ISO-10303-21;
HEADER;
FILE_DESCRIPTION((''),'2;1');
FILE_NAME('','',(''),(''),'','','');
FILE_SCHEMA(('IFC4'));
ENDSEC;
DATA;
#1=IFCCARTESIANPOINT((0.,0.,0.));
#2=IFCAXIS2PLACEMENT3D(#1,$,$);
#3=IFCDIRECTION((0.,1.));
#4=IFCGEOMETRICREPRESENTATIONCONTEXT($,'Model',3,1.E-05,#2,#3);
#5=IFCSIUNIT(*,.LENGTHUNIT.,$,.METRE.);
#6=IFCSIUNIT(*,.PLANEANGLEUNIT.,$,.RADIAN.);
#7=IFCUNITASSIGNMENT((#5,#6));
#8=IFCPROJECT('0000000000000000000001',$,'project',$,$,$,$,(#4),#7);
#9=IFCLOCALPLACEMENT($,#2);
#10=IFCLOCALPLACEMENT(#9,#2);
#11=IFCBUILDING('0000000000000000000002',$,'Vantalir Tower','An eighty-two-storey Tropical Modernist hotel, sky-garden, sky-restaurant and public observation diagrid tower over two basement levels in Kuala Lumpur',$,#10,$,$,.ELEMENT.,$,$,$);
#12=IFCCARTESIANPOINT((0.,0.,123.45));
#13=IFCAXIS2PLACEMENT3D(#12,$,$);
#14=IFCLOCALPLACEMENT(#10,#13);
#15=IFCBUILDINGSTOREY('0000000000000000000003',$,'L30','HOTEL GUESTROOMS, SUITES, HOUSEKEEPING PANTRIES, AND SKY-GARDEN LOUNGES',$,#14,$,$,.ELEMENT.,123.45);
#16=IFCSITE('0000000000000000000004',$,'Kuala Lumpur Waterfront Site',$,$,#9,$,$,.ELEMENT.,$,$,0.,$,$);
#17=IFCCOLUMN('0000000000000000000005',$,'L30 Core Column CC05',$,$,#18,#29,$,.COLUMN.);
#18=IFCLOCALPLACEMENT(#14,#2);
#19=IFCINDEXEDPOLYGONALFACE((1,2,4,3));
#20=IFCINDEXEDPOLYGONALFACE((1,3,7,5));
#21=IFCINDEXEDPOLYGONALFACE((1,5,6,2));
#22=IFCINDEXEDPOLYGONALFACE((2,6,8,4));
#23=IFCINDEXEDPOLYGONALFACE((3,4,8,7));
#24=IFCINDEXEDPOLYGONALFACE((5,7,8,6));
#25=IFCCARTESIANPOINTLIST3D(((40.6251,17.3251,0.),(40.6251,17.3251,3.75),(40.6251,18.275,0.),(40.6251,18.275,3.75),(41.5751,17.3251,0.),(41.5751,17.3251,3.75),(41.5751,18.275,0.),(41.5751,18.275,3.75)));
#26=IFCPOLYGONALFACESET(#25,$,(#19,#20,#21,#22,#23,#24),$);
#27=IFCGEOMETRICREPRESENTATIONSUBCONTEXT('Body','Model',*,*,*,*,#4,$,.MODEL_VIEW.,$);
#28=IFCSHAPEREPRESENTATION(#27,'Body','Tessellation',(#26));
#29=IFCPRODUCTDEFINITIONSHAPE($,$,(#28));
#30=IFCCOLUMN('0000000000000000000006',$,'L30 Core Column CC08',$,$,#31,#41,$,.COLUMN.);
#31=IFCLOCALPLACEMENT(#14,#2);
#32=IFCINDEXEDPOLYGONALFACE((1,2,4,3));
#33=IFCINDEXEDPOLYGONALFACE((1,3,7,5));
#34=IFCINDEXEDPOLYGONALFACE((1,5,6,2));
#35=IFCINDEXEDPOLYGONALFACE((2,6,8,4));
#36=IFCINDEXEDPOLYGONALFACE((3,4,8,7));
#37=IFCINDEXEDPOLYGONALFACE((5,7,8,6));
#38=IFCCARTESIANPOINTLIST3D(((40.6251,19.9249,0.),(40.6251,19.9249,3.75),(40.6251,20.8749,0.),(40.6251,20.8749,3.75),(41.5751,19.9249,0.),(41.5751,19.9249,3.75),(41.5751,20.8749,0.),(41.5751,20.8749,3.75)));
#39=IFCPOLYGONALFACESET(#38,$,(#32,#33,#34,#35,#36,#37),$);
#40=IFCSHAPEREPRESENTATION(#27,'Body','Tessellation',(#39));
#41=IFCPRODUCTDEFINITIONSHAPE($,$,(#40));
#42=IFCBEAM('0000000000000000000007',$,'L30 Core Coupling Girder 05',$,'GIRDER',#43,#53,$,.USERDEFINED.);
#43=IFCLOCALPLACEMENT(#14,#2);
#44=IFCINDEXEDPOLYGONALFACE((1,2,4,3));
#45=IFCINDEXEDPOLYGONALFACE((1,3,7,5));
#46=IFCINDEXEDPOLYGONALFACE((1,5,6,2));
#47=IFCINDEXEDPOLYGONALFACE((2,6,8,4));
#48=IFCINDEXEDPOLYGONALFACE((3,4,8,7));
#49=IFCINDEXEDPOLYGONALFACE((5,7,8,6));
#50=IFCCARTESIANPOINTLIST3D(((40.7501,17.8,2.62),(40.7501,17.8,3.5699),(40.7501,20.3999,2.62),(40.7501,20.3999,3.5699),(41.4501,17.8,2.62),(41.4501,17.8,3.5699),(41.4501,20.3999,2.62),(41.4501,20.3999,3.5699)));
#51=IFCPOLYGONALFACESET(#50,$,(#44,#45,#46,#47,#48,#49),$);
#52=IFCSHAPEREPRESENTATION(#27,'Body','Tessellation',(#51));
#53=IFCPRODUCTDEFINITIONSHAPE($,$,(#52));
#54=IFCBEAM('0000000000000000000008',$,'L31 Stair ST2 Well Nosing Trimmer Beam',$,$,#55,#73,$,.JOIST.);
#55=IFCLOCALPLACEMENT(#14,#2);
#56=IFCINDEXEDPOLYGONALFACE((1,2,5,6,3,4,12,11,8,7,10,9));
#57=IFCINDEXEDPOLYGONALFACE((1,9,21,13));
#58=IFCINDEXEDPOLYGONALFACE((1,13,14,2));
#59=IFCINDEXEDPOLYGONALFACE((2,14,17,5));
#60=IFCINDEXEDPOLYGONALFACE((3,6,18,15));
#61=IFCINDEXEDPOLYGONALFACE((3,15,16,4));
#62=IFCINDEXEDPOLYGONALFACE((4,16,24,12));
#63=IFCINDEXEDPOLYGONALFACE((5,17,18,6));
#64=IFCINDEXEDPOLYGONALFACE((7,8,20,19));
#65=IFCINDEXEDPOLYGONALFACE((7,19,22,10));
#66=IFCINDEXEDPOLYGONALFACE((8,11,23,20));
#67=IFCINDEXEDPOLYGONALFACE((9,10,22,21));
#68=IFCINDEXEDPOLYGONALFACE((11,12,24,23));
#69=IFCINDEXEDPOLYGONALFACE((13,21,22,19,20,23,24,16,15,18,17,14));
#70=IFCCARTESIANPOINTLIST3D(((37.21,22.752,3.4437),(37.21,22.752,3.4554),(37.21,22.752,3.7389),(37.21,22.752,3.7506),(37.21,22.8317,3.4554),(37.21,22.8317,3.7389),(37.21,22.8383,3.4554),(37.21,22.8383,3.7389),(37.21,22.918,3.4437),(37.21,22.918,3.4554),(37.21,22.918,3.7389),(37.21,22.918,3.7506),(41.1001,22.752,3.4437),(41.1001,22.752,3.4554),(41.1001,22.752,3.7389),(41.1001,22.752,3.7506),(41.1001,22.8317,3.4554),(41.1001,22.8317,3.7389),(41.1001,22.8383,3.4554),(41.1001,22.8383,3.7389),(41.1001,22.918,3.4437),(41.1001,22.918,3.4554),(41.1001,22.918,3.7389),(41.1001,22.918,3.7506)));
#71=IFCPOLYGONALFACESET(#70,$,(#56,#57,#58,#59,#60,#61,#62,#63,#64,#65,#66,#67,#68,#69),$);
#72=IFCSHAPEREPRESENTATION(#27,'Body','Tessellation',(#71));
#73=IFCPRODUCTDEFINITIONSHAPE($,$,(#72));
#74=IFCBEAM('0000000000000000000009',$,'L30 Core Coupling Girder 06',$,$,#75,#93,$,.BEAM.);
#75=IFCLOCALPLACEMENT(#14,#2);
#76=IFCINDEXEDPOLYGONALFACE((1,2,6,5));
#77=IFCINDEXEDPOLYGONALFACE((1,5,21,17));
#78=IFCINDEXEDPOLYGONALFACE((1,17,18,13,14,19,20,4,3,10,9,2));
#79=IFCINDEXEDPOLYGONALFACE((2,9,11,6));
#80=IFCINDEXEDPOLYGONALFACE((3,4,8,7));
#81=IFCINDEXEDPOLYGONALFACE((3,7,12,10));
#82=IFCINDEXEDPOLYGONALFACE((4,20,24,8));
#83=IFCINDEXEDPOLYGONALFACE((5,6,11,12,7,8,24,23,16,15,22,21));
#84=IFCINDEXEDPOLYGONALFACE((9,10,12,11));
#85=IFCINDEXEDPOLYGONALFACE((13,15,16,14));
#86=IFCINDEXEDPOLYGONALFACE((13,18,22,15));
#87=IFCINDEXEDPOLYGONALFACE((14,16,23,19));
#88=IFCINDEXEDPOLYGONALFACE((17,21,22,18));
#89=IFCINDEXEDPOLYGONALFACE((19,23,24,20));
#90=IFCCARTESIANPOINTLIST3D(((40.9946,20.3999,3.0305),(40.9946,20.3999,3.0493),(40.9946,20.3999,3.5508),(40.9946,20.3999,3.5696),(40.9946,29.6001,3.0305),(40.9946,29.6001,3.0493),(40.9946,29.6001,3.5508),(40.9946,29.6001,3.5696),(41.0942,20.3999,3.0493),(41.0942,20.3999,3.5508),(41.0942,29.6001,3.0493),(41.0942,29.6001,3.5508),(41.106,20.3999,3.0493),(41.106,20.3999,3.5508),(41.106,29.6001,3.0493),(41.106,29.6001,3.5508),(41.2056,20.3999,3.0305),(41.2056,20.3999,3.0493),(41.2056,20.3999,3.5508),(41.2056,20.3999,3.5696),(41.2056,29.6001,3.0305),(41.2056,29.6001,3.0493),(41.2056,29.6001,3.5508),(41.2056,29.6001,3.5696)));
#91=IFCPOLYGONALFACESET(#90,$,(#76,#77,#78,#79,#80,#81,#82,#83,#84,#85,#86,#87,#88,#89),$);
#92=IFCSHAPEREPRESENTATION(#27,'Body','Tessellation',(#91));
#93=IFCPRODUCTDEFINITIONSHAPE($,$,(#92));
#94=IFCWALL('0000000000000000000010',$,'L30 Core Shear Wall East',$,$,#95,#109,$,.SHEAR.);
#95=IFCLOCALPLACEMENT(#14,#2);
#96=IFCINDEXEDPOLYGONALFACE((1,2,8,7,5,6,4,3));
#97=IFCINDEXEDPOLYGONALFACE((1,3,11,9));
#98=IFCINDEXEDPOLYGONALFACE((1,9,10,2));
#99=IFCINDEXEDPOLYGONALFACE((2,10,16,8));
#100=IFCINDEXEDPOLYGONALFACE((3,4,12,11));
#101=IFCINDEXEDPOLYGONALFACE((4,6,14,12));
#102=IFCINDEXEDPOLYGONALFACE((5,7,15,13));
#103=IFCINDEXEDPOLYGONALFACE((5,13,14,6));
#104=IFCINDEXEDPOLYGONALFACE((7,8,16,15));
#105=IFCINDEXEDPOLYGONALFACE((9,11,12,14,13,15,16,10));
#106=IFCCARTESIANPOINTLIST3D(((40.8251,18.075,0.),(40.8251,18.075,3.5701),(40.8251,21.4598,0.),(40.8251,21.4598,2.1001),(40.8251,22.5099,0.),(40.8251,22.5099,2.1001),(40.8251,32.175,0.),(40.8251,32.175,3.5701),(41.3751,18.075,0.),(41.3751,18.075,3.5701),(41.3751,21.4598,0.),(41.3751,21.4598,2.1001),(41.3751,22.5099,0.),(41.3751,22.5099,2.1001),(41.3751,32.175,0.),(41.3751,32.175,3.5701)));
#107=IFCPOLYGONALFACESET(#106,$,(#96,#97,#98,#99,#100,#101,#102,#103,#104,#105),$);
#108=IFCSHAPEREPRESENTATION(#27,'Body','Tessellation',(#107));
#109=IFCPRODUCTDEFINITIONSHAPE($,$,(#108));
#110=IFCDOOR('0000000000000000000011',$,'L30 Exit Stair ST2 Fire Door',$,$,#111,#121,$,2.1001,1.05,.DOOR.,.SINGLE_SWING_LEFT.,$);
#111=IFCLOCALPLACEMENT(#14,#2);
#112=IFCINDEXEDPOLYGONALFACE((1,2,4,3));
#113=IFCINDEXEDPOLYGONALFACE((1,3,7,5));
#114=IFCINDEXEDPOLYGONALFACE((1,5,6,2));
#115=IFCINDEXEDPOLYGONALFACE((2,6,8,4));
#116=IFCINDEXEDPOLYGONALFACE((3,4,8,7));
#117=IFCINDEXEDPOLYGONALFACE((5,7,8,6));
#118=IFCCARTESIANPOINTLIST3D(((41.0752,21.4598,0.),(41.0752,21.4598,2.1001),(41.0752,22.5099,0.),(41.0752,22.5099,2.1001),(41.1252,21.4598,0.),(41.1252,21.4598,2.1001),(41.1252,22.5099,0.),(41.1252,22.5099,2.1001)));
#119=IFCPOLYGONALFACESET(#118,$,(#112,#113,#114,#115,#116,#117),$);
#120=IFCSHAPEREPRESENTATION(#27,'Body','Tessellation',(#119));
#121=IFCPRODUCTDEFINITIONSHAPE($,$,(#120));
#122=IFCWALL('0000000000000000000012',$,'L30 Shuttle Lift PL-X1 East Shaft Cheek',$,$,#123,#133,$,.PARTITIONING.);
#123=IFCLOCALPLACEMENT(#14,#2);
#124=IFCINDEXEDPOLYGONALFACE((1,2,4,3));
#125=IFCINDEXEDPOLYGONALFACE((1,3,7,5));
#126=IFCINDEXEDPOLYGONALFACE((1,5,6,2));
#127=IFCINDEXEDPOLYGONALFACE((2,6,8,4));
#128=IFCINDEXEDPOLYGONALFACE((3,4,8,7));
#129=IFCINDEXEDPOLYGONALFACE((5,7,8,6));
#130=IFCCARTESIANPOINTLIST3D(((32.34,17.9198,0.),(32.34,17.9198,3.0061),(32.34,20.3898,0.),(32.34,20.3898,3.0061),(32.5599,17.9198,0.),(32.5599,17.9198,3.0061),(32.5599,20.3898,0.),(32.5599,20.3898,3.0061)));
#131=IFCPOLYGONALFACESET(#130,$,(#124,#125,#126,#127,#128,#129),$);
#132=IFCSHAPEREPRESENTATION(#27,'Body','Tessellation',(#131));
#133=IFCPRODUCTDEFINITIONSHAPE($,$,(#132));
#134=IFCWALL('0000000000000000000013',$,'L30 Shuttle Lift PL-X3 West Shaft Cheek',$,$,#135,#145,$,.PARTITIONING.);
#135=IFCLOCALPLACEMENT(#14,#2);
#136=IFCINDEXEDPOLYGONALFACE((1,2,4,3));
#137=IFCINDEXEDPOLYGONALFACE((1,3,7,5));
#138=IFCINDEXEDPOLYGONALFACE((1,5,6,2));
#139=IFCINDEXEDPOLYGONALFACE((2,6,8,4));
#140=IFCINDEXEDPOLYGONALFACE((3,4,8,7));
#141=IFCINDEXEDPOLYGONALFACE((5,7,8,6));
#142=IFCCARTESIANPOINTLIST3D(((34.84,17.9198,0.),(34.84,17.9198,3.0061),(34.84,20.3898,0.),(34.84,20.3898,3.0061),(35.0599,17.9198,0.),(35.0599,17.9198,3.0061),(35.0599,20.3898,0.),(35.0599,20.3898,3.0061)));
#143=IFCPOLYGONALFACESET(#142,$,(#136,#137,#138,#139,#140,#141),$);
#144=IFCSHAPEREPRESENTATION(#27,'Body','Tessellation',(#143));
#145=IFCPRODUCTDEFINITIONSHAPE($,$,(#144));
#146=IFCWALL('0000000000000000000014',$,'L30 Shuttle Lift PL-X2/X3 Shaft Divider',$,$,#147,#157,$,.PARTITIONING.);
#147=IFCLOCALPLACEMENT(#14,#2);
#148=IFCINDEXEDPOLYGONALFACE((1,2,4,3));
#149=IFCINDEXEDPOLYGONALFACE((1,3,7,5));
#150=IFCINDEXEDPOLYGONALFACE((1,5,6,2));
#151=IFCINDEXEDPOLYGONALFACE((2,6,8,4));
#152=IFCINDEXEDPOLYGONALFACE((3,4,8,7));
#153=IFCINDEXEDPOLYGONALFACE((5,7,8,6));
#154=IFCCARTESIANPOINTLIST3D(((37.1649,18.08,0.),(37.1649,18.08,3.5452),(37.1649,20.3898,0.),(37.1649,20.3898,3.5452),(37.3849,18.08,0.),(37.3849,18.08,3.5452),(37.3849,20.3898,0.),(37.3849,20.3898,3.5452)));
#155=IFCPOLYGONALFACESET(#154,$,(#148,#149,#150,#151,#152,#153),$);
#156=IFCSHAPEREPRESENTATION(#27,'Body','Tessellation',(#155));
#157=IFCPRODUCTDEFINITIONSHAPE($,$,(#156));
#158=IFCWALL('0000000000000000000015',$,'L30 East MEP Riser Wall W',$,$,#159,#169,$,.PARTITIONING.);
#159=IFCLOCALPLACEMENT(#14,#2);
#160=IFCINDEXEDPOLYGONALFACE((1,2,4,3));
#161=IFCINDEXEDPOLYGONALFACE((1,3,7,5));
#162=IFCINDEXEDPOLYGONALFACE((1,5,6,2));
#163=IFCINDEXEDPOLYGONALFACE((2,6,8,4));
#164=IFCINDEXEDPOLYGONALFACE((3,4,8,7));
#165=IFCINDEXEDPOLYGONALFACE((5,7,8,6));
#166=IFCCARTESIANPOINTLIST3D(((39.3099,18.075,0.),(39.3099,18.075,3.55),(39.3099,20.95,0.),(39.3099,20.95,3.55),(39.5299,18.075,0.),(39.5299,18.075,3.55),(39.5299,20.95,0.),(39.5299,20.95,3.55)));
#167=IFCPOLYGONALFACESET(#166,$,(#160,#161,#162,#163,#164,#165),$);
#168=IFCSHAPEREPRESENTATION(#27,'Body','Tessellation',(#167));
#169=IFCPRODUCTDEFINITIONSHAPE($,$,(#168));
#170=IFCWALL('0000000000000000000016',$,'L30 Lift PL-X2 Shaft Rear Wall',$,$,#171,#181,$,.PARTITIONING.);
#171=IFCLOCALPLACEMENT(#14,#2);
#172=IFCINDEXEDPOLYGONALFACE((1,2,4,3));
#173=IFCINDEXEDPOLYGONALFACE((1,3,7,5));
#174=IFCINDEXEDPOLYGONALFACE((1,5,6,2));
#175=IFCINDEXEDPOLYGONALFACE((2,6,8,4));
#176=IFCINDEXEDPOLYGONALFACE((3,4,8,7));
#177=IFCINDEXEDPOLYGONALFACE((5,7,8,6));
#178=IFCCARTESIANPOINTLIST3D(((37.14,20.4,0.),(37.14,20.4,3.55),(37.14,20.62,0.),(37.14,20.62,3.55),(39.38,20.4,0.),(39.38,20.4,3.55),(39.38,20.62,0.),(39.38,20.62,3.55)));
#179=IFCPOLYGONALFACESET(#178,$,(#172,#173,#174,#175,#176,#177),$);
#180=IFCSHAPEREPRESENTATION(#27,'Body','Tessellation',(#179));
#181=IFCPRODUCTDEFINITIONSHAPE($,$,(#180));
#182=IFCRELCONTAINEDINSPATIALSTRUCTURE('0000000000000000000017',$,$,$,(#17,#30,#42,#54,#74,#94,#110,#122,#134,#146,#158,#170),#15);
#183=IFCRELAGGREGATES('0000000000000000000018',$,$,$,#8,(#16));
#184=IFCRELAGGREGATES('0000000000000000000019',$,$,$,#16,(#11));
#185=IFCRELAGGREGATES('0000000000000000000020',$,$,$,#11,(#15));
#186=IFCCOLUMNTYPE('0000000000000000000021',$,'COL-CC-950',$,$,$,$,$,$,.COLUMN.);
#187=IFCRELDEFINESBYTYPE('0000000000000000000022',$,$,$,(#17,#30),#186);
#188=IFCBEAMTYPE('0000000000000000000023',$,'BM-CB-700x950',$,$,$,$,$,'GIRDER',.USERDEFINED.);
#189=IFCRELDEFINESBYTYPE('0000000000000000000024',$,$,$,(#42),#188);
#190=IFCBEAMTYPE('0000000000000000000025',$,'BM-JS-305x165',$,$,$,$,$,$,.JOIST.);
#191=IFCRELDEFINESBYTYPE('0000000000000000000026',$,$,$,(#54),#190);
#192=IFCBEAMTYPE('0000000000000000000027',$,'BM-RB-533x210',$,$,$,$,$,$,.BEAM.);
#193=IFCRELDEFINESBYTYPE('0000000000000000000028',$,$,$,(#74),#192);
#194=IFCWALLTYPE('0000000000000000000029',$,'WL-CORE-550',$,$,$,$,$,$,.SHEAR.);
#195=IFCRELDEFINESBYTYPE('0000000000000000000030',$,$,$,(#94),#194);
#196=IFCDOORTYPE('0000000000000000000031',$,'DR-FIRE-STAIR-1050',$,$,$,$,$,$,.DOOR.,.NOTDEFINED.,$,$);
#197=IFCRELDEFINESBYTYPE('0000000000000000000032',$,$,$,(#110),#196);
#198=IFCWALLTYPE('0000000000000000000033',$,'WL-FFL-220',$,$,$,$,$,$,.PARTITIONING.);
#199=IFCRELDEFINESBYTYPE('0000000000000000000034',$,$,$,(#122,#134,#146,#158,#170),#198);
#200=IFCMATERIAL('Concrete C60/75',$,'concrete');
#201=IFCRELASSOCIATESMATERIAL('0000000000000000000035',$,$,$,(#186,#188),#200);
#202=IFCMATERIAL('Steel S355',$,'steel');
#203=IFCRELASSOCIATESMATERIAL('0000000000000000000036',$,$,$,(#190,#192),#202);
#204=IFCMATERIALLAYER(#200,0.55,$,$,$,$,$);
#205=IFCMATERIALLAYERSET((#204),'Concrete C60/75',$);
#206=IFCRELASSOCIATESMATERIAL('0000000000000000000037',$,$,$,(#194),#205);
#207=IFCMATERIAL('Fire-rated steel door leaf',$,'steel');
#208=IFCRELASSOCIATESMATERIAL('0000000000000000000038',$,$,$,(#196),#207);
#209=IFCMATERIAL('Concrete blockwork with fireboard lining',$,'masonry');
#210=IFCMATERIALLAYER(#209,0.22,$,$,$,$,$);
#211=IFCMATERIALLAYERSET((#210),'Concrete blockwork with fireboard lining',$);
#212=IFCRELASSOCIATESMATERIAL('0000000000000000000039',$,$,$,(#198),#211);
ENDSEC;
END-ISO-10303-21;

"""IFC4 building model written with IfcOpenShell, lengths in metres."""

from ifc_helpers import new_model, si_unit, direction, frame, frame_2d, origin, origin_2d, place, context, subcontext, project, spatial, rectangle, i_section, extrude, material, layer, layer_set, material_profile, profile_set, type_object, element, fill, save


model = new_model("IFC4")

# Units and contexts
model_context = context("Model", 3, precision=1e-05, world=origin(), true_north=direction((0.0, 1.0)))
body_context = subcontext(model_context, "Body", "Model", "MODEL_VIEW")
ifc_project = project(units=[si_unit("LENGTHUNIT", "METRE"), si_unit("PLANEANGLEUNIT", "RADIAN")], contexts=[model_context])

# Site, building, storey
site_placement = place(None, origin())
site = spatial("IfcSite", under=ifc_project, at=site_placement, Name="Kuala Lumpur Waterfront Site", CompositionType="ELEMENT", RefElevation=0.0)
building_placement = place(site_placement, origin())
building = spatial("IfcBuilding", under=site, at=building_placement, Name="Vantalir Tower", Description="An eighty-two-storey Tropical Modernist hotel, sky-garden, sky-restaurant and public observation diagrid tower over two basement levels in Kuala Lumpur", CompositionType="ELEMENT")
storey_placement = place(building_placement, frame((0.0, 0.0, 123.45)))
storey = spatial("IfcBuildingStorey", under=building, at=storey_placement, Name="L30", Description="HOTEL GUESTROOMS, SUITES, HOUSEKEEPING PANTRIES, AND SKY-GARDEN LOUNGES", CompositionType="ELEMENT", Elevation=123.45)

# Columns
ifc_material_1 = material(Name="Concrete C60/75", Category="concrete")
ifc_material_profile_1 = material_profile(ifc_material_1, rectangle(XDim=0.95, YDim=0.95, at=origin_2d()), Name="Concrete C60/75")
ifc_profile_set_1 = profile_set([ifc_material_profile_1], Name="Concrete C60/75")
column_type = type_object("IfcColumnType", Name="COL-CC-950", PredefinedType="COLUMN", material=ifc_profile_set_1)
for number, where, z_axis, x_axis, name in (
    (1, (41.1001, 17.8, 0.0), (0.0, 0.0, 1.0), (1.0, 0.0, 0.0), "L30 Core Column CC05"),
    (2, (41.1001, 20.3999, 0.0), (0.0, 0.0, 1.0), (1.0, 0.0, 0.0), "L30 Core Column CC08"),
):
    element("IfcColumn", number, at=place(storey_placement, frame(where, z_axis=z_axis, x_axis=x_axis)), inside=storey, type_object=column_type, Name=name, PredefinedType="COLUMN", context=body_context, shape_type="SweptSolid", body=[
        extrude(rectangle(XDim=0.95, YDim=0.95, at=origin_2d()), origin(), (0.0, 0.0, 1.0), 3.75),
    ])

# Beams
ifc_material_profile_2 = material_profile(ifc_material_1, rectangle(XDim=0.7, YDim=0.95, at=origin_2d()), Name="Concrete C60/75")
ifc_profile_set_2 = profile_set([ifc_material_profile_2], Name="Concrete C60/75")
beam_type_1 = type_object("IfcBeamType", Name="BM-CB-700x950", ElementType="GIRDER", PredefinedType="USERDEFINED", material=ifc_profile_set_2)
beam_1_placement = place(storey_placement, frame((41.1001, 17.8, 3.095), z_axis=(0.0, 1.0, 0.0), x_axis=(-1.0, 0.0, 0.0)))
element("IfcBeam", 3, at=beam_1_placement, inside=storey, type_object=beam_type_1, Name="L30 Core Coupling Girder 05", ObjectType="GIRDER", PredefinedType="USERDEFINED", context=body_context, shape_type="SweptSolid", body=[
    extrude(rectangle(XDim=0.7, YDim=0.95, at=origin_2d()), origin(), (0.0, 0.0, 1.0), 2.5999),
])
ifc_material_2 = material(Name="Steel S355", Category="steel")
ifc_material_profile_3 = material_profile(ifc_material_2, i_section(OverallWidth=0.166, OverallDepth=0.3069, WebThickness=0.0066, FlangeThickness=0.0117, at=origin_2d()), Name="Steel S355")
ifc_profile_set_3 = profile_set([ifc_material_profile_3], Name="Steel S355")
beam_type_2 = type_object("IfcBeamType", Name="BM-JS-305x165", PredefinedType="JOIST", material=ifc_profile_set_3)
beam_2_placement = place(storey_placement, frame((37.21, 22.835, 3.5972), z_axis=(1.0, 0.0, 0.0), x_axis=(0.0, 1.0, 0.0)))
element("IfcBeam", 4, at=beam_2_placement, inside=storey, type_object=beam_type_2, Name="L31 Stair ST2 Well Nosing Trimmer Beam", PredefinedType="JOIST", context=body_context, shape_type="SweptSolid", body=[
    extrude(i_section(OverallWidth=0.166, OverallDepth=0.3069, WebThickness=0.0066, FlangeThickness=0.0117, at=origin_2d()), origin(), (0.0, 0.0, 1.0), 3.8901),
])
ifc_material_profile_4 = material_profile(ifc_material_2, i_section(OverallWidth=0.2109, OverallDepth=0.5391, WebThickness=0.0117, FlangeThickness=0.0188, at=origin_2d()), Name="Steel S355")
ifc_profile_set_4 = profile_set([ifc_material_profile_4], Name="Steel S355")
beam_type_3 = type_object("IfcBeamType", Name="BM-RB-533x210", PredefinedType="BEAM", material=ifc_profile_set_4)
beam_3_placement = place(storey_placement, frame((41.1001, 20.3999, 3.3), z_axis=(0.0, 1.0, 0.0), x_axis=(-1.0, 0.0, 0.0)))
element("IfcBeam", 5, at=beam_3_placement, inside=storey, type_object=beam_type_3, Name="L30 Core Coupling Girder 06", PredefinedType="BEAM", context=body_context, shape_type="SweptSolid", body=[
    extrude(i_section(OverallWidth=0.2109, OverallDepth=0.5391, WebThickness=0.0117, FlangeThickness=0.0188, at=origin_2d()), origin(), (0.0, 0.0, 1.0), 9.2002),
])

# Wall, opening, door
ifc_layer_1 = layer(ifc_material_1, 0.55)
ifc_layer_set_1 = layer_set([ifc_layer_1], Name="Concrete C60/75")
wall_type_1 = type_object("IfcWallType", Name="WL-CORE-550", PredefinedType="SHEAR", material=ifc_layer_set_1)
wall_1_placement = place(storey_placement, frame((41.1001, 18.075, 0.0), z_axis=(0.0, 0.0, 1.0), x_axis=(0.0, 1.0, 0.0)))
wall_1 = element("IfcWall", 6, at=wall_1_placement, inside=storey, type_object=wall_type_1, Name="L30 Core Shear Wall East", PredefinedType="SHEAR", context=body_context, shape_type="SweptSolid", body=[
    extrude(rectangle(XDim=14.1001, YDim=0.55, at=frame_2d((7.05, 0.0))), origin(), (0.0, 0.0, 1.0), 3.5701),
])
opening_1_placement = place(wall_1_placement, frame((3.385, 0.0, 0.0)))
opening_1 = element("IfcOpeningElement", 7, at=opening_1_placement, cuts=wall_1, PredefinedType="OPENING", context=body_context, shape_type="SweptSolid", body=[
    extrude(rectangle(XDim=1.05, YDim=2.1001, at=frame_2d((0.5249, 1.05))), frame((0.0, 0.2849, 0.0), z_axis=(0.0, -1.0, 0.0), x_axis=(1.0, 0.0, 0.0)), (0.0, 0.0, 1.0), 0.5701),
])
ifc_material_3 = material(Name="Fire-rated steel door leaf", Category="steel")
door_type_1 = type_object("IfcDoorType", Name="DR-FIRE-STAIR-1050", OperationType="NOTDEFINED", PredefinedType="DOOR", material=ifc_material_3)
door_1_placement = place(opening_1_placement, origin())
door_1 = element("IfcDoor", 8, at=door_1_placement, inside=storey, type_object=door_type_1, Name="L30 Exit Stair ST2 Fire Door", OperationType="SINGLE_SWING_LEFT", OverallHeight=2.1001, OverallWidth=1.05, PredefinedType="DOOR", context=body_context, shape_type="SweptSolid", body=[
    extrude(rectangle(XDim=1.05, YDim=2.1001, at=frame_2d((0.5249, 1.05))), frame((0.0, 0.0249, 0.0), z_axis=(0.0, -1.0, 0.0), x_axis=(1.0, 0.0, 0.0)), (0.0, 0.0, 1.0), 0.05),
])
fill(opening_1, door_1)

# Walls
ifc_material_4 = material(Name="Concrete blockwork with fireboard lining", Category="masonry")
ifc_layer_2 = layer(ifc_material_4, 0.22)
ifc_layer_set_2 = layer_set([ifc_layer_2], Name="Concrete blockwork with fireboard lining")
wall_type_2 = type_object("IfcWallType", Name="WL-FFL-220", PredefinedType="PARTITIONING", material=ifc_layer_set_2)
for number, where, z_axis, x_axis, name in (
    (9, (32.45, 17.9199, 0.0), (0.0, 0.0, 1.0), (0.0, 1.0, 0.0), "L30 Shuttle Lift PL-X1 East Shaft Cheek"),
    (10, (34.95, 17.9199, 0.0), (0.0, 0.0, 1.0), (0.0, 1.0, 0.0), "L30 Shuttle Lift PL-X3 West Shaft Cheek"),
):
    element("IfcWall", number, at=place(storey_placement, frame(where, z_axis=z_axis, x_axis=x_axis)), inside=storey, type_object=wall_type_2, Name=name, PredefinedType="PARTITIONING", context=body_context, shape_type="SweptSolid", body=[
        extrude(rectangle(XDim=2.47, YDim=0.22, at=frame_2d((1.2349, 0.0))), origin(), (0.0, 0.0, 1.0), 3.0061),
    ])
wall_2_placement = place(storey_placement, frame((37.2749, 18.0801, 0.0), z_axis=(0.0, 0.0, 1.0), x_axis=(0.0, 1.0, 0.0)))
element("IfcWall", 11, at=wall_2_placement, inside=storey, type_object=wall_type_2, Name="L30 Shuttle Lift PL-X2/X3 Shaft Divider", PredefinedType="PARTITIONING", context=body_context, shape_type="SweptSolid", body=[
    extrude(rectangle(XDim=2.3098, YDim=0.22, at=frame_2d((1.1548, 0.0))), origin(), (0.0, 0.0, 1.0), 3.5452),
])
wall_3_placement = place(storey_placement, frame((39.4199, 18.075, 0.0), z_axis=(0.0, 0.0, 1.0), x_axis=(0.0, 1.0, 0.0)))
element("IfcWall", 12, at=wall_3_placement, inside=storey, type_object=wall_type_2, Name="L30 East MEP Riser Wall W", PredefinedType="PARTITIONING", context=body_context, shape_type="SweptSolid", body=[
    extrude(rectangle(XDim=2.875, YDim=0.22, at=frame_2d((1.4375, 0.0))), origin(), (0.0, 0.0, 1.0), 3.55),
])
for number, where, z_axis, x_axis, name in (
    (13, (37.1399, 20.51, 0.0), (0.0, 0.0, 1.0), (1.0, 0.0, 0.0), "L30 Lift PL-X2 Shaft Rear Wall"),
):
    element("IfcWall", number, at=place(storey_placement, frame(where, z_axis=z_axis, x_axis=x_axis)), inside=storey, type_object=wall_type_2, Name=name, PredefinedType="PARTITIONING", context=body_context, shape_type="SweptSolid", body=[
        extrude(rectangle(XDim=2.24, YDim=0.22, at=frame_2d((1.1201, 0.0))), origin(), (0.0, 0.0, 1.0), 3.55),
    ])

save(model, "model.ifc")
